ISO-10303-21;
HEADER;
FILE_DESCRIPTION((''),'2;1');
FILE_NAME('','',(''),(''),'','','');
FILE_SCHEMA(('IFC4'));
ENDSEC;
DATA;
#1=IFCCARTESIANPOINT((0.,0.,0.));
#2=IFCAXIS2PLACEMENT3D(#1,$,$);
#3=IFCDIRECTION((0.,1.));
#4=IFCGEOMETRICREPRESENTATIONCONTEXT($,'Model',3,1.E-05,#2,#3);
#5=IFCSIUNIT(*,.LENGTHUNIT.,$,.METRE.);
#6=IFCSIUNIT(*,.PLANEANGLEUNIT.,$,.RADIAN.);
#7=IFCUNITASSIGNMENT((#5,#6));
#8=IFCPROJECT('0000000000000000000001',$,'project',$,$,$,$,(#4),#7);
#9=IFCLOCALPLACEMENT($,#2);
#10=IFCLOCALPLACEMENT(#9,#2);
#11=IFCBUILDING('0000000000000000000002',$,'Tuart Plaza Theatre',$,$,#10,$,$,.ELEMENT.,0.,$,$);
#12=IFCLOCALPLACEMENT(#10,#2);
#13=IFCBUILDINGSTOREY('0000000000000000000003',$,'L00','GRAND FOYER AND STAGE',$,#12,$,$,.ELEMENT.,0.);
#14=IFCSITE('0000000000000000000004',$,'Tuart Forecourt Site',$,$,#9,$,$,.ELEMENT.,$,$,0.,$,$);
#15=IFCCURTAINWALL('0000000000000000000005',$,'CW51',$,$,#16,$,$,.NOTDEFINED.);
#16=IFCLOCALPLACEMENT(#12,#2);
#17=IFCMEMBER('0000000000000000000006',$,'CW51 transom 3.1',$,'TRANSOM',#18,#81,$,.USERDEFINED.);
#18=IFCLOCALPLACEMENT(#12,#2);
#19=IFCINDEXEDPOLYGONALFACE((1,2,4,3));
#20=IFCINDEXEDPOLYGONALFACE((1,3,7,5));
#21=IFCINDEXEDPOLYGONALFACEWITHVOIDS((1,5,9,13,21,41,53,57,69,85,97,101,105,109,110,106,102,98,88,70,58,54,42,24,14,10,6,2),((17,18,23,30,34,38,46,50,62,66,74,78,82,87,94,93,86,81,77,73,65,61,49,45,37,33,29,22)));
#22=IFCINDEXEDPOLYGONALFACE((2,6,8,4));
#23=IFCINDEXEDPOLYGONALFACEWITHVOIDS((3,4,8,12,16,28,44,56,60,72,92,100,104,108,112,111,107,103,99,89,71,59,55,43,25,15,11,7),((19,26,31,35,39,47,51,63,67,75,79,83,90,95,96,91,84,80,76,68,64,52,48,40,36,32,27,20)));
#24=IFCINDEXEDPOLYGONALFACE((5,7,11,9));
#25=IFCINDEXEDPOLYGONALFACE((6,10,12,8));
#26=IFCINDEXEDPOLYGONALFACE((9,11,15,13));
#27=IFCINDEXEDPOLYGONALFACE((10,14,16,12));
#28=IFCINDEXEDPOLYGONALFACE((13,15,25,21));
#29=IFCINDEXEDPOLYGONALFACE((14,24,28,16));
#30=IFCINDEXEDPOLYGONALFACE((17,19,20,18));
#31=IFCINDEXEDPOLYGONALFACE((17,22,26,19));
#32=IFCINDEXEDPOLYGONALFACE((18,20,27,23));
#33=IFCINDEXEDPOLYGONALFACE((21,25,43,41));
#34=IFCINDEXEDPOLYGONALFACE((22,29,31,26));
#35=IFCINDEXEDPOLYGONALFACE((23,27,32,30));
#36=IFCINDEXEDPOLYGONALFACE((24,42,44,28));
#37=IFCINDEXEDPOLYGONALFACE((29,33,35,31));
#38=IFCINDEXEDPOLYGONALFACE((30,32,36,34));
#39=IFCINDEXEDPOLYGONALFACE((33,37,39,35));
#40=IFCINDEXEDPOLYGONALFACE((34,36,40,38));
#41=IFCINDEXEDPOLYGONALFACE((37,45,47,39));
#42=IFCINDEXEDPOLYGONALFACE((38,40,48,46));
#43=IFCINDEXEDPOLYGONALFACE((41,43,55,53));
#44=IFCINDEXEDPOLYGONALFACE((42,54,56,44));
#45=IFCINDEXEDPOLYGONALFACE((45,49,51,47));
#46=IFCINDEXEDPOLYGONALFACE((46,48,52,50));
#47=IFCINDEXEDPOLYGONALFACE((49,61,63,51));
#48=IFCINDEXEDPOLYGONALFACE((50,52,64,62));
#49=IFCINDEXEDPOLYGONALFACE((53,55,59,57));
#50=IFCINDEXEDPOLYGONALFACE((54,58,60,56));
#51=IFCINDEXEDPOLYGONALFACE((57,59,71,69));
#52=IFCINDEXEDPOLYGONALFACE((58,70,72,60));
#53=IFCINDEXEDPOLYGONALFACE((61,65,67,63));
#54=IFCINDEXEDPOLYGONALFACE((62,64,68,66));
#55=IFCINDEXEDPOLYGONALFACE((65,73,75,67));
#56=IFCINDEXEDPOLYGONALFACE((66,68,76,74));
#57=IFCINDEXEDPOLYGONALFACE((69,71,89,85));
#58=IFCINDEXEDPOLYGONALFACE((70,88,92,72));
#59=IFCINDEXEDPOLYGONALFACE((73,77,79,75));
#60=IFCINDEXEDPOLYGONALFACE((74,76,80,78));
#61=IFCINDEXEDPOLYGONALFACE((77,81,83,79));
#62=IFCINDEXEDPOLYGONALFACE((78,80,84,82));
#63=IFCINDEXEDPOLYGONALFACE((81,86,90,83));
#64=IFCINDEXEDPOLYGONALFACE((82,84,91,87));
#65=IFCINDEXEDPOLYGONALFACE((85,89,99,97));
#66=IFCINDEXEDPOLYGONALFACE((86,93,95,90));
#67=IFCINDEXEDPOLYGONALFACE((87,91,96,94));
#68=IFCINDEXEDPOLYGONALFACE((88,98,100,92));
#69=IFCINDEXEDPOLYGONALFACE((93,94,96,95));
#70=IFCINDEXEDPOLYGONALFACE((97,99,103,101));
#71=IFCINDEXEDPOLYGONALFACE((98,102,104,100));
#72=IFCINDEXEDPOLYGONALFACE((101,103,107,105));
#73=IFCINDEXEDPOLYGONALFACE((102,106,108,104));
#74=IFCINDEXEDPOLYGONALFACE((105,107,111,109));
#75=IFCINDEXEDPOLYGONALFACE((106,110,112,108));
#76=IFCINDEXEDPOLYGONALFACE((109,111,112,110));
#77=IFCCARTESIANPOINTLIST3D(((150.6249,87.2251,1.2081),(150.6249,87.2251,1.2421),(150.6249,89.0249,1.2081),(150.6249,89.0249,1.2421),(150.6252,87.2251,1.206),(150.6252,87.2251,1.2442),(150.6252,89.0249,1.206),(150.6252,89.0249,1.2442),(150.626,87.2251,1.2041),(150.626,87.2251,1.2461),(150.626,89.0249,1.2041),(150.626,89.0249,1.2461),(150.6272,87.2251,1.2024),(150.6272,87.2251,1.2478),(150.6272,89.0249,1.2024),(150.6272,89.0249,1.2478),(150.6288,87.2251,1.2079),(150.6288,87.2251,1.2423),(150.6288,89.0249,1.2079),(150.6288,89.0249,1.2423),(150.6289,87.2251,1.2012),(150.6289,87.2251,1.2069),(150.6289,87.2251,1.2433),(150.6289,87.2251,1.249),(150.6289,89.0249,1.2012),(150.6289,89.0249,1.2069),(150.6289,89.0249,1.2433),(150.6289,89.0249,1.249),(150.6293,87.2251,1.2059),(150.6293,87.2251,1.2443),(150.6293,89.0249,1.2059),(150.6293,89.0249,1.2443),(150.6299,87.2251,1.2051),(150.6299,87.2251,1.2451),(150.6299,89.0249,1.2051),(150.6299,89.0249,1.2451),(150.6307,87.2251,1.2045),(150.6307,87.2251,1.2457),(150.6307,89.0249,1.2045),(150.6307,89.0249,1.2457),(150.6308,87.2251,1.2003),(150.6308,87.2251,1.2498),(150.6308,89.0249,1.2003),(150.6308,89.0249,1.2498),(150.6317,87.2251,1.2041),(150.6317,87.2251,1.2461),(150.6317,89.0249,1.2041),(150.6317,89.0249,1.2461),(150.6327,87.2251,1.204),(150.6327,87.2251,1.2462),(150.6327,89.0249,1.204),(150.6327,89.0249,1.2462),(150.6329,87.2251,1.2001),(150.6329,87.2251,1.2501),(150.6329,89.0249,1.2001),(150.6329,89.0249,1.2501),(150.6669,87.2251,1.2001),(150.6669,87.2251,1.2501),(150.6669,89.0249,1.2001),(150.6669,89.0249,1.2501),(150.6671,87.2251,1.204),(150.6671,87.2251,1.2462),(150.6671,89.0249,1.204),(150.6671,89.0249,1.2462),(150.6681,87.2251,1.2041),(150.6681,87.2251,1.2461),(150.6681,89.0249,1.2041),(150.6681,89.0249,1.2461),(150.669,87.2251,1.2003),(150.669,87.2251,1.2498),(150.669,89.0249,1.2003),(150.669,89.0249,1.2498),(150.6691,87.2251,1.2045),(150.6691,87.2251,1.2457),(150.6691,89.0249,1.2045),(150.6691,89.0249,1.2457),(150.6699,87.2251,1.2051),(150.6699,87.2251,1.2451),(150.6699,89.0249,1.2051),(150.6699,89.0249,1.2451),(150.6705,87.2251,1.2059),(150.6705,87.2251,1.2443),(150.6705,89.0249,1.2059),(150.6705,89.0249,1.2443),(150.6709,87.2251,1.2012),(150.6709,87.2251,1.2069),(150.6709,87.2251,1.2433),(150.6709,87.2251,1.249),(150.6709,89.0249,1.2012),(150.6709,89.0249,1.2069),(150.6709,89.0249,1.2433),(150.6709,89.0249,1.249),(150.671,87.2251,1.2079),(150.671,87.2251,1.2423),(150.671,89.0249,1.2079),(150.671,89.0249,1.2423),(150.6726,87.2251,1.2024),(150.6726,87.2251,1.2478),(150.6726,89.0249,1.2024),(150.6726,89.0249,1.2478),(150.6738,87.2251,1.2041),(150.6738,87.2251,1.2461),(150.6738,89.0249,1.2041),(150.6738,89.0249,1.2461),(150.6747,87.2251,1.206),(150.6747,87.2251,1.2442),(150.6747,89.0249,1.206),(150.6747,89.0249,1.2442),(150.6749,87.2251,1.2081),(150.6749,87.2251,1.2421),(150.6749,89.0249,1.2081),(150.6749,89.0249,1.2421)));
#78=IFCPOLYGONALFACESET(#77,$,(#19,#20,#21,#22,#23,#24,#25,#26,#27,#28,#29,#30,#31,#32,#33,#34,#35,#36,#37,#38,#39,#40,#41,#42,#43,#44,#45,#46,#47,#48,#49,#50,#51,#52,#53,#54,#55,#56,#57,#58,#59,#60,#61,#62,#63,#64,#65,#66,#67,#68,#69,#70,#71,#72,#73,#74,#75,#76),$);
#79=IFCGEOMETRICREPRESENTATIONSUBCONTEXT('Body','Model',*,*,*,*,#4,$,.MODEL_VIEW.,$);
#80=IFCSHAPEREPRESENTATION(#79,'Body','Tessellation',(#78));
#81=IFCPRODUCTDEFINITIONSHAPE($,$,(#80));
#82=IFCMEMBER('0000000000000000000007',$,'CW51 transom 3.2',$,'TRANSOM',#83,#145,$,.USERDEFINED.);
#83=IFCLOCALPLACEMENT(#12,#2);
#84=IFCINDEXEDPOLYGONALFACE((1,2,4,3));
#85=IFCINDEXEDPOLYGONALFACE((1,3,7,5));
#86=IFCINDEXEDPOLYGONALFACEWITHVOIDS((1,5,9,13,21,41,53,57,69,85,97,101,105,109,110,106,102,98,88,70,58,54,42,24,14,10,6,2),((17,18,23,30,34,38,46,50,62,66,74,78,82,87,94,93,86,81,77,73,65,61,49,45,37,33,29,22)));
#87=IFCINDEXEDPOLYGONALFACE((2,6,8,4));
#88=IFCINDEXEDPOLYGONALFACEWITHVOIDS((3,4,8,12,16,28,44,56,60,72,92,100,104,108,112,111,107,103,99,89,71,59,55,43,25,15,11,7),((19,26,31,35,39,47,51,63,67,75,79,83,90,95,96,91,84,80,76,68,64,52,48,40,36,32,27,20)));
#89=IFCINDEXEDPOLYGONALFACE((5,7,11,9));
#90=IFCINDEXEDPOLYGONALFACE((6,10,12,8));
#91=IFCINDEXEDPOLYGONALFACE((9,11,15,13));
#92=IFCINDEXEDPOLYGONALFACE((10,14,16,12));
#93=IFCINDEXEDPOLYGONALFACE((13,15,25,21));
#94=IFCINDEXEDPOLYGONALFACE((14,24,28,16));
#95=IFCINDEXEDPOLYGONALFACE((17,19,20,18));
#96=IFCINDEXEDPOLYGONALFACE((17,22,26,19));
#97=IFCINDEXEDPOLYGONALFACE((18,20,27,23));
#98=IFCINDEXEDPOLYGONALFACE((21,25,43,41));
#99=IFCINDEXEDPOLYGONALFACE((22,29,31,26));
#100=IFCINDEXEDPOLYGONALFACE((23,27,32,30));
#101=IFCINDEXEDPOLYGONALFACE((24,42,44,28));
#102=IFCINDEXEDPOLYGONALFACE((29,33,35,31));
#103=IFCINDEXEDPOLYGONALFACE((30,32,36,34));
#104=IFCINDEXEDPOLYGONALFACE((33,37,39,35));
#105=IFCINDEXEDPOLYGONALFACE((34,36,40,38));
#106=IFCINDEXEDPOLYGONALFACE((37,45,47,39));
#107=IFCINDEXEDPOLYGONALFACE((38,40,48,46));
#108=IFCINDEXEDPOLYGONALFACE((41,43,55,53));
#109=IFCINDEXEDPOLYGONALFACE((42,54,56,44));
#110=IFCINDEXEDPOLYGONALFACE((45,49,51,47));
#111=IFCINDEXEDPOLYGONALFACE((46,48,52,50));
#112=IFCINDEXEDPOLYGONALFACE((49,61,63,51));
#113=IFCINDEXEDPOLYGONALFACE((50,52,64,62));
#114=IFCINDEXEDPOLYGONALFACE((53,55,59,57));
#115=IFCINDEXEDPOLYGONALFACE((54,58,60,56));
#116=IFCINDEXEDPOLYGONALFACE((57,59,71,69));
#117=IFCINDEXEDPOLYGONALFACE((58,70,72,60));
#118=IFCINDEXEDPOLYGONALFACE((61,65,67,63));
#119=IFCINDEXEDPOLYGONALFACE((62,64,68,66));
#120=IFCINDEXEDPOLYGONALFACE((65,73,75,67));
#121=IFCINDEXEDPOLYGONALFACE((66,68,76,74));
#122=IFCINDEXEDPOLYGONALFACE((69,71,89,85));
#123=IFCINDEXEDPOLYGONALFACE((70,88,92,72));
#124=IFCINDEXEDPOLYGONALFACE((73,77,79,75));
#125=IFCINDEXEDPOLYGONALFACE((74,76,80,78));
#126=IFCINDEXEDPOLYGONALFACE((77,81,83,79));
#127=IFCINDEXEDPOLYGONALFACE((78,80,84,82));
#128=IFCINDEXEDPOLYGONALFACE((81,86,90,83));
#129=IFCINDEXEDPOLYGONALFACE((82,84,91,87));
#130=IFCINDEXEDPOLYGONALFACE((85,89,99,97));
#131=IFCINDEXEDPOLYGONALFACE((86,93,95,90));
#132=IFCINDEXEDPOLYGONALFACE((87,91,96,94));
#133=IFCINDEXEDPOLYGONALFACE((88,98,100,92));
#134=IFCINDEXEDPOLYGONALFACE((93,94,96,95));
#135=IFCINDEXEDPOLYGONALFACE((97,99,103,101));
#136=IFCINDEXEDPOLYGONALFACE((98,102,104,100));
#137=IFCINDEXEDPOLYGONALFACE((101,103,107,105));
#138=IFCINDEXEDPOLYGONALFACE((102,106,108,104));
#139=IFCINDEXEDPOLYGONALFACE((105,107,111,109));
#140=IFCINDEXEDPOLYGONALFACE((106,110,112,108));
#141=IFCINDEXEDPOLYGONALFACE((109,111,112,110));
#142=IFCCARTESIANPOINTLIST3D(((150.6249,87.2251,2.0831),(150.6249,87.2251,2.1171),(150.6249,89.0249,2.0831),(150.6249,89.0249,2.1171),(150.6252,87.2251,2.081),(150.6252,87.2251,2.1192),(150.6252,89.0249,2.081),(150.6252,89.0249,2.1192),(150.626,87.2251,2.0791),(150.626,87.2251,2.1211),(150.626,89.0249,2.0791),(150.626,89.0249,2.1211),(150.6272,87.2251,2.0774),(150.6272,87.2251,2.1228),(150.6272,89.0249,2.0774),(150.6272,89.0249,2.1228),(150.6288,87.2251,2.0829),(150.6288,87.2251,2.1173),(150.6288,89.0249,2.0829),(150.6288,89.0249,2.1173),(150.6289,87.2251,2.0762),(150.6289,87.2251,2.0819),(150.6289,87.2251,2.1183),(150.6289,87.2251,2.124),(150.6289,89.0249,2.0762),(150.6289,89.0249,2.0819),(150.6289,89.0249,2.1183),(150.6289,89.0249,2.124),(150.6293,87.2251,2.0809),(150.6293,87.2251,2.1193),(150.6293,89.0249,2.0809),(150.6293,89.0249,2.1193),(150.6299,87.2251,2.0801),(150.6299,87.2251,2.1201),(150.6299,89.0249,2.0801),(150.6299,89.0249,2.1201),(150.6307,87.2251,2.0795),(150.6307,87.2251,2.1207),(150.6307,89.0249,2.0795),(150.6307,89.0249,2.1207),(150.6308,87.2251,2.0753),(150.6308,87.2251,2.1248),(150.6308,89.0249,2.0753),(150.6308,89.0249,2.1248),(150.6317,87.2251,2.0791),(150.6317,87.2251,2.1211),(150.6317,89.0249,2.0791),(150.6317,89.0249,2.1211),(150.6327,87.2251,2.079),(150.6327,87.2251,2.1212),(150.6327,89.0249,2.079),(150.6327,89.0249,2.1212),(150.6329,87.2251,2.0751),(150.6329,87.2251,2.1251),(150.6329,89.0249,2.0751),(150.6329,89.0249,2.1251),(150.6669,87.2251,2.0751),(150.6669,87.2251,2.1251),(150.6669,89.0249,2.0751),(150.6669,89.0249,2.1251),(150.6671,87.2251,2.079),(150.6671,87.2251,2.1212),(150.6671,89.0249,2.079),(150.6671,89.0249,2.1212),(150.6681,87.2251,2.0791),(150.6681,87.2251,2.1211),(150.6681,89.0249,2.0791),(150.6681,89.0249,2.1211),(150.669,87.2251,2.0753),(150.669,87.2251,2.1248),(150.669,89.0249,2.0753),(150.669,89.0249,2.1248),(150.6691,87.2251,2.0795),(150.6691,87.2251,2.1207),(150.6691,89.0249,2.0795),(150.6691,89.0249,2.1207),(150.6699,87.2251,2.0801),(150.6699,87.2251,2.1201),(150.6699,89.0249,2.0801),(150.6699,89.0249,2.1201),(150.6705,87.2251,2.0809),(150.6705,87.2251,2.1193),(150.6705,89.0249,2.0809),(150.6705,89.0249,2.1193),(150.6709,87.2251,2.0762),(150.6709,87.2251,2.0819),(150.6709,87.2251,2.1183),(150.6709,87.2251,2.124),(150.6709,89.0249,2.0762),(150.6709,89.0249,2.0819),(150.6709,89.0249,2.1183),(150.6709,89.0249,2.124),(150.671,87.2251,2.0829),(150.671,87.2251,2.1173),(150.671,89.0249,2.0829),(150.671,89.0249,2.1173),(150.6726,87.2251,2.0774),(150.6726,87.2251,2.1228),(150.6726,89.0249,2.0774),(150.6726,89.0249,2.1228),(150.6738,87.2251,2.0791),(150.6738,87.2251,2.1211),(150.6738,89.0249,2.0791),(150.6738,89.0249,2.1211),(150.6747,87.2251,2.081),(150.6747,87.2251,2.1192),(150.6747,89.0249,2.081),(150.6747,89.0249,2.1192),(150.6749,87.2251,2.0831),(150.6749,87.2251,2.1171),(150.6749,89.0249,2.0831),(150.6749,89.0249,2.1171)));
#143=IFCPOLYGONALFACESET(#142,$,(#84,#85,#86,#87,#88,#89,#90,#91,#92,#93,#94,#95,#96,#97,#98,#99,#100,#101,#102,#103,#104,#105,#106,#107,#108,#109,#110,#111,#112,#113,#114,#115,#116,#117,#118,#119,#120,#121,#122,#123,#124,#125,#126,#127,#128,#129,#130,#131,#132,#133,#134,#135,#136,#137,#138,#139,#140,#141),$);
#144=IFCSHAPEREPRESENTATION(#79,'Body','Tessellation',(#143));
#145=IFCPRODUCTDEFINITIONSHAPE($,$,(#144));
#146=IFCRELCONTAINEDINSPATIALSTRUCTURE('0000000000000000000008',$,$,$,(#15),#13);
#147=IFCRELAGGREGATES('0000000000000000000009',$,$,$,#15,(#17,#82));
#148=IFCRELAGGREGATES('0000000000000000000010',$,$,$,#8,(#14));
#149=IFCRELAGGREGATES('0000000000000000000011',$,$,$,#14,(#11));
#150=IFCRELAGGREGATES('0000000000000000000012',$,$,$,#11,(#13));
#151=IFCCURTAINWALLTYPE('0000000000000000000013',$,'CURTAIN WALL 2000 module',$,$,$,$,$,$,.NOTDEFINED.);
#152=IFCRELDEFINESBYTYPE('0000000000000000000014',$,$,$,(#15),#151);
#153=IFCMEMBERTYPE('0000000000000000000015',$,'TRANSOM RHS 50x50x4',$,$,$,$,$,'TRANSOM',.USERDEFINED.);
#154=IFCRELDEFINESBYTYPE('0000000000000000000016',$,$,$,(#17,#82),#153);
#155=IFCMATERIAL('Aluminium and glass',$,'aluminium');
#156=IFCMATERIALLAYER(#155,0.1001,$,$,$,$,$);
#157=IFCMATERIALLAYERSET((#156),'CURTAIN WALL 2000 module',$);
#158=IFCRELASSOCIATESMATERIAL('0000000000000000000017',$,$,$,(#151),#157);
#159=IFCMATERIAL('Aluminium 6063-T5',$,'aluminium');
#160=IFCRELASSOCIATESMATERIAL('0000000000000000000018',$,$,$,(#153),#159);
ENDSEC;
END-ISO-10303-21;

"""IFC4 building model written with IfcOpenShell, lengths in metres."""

from ifc_helpers import new_model, si_unit, direction, frame, origin, origin_2d, place, context, subcontext, project, spatial, hollow_rectangle, extrude, material, layer, layer_set, material_profile, profile_set, type_object, element, aggregate, save


model = new_model("IFC4")

# Units and contexts
model_context = context("Model", 3, precision=1e-05, world=origin(), true_north=direction((0.0, 1.0)))
body_context = subcontext(model_context, "Body", "Model", "MODEL_VIEW")
ifc_project = project(units=[si_unit("LENGTHUNIT", "METRE"), si_unit("PLANEANGLEUNIT", "RADIAN")], contexts=[model_context])

# Site, building, storey
site_placement = place(None, origin())
site = spatial("IfcSite", under=ifc_project, at=site_placement, Name="Tuart Forecourt Site", CompositionType="ELEMENT", RefElevation=0.0)
building_placement = place(site_placement, origin())
building = spatial("IfcBuilding", under=site, at=building_placement, Name="Tuart Plaza Theatre", CompositionType="ELEMENT", ElevationOfRefHeight=0.0)
storey_placement = place(building_placement, origin())
storey = spatial("IfcBuildingStorey", under=building, at=storey_placement, Name="L00", Description="GRAND FOYER AND STAGE", CompositionType="ELEMENT", Elevation=0.0)

# Curtain wall, members
ifc_material_1 = material(Name="Aluminium and glass", Category="aluminium")
ifc_layer_1 = layer(ifc_material_1, 0.1001)
ifc_layer_set_1 = layer_set([ifc_layer_1], Name="CURTAIN WALL 2000 module")
curtain_wall_type = type_object("IfcCurtainWallType", Name="CURTAIN WALL 2000 module", PredefinedType="NOTDEFINED", material=ifc_layer_set_1)
curtain_wall_placement = place(storey_placement, origin())
curtain_wall = element("IfcCurtainWall", 1, at=curtain_wall_placement, inside=storey, type_object=curtain_wall_type, Name="CW51", PredefinedType="NOTDEFINED")
ifc_material_2 = material(Name="Aluminium 6063-T5", Category="aluminium")
ifc_material_profile_1 = material_profile(ifc_material_2, hollow_rectangle(XDim=0.05, YDim=0.05, WallThickness=0.0039, InnerFilletRadius=0.0039, OuterFilletRadius=0.0081, at=origin_2d()), Name="RHS 50x50x4")
ifc_profile_set_1 = profile_set([ifc_material_profile_1], Name="Aluminium 6063-T5")
member_type_1 = type_object("IfcMemberType", Name="TRANSOM RHS 50x50x4", ElementType="TRANSOM", PredefinedType="USERDEFINED", material=ifc_profile_set_1)
member_1_placement = place(storey_placement, frame((150.6499, 87.2251, 1.2251), z_axis=(0.0, 1.0, 0.0), x_axis=(-1.0, 0.0, 0.0)))
member_1 = element("IfcMember", 2, at=member_1_placement, type_object=member_type_1, Name="CW51 transom 3.1", ObjectType="TRANSOM", PredefinedType="USERDEFINED", context=body_context, shape_type="SweptSolid", body=[
    extrude(hollow_rectangle(XDim=0.05, YDim=0.05, WallThickness=0.0039, InnerFilletRadius=0.0039, OuterFilletRadius=0.0081, at=origin_2d()), origin(), (0.0, 0.0, 1.0), 1.7998),
])
member_2_placement = place(storey_placement, frame((150.6499, 87.2251, 2.1001), z_axis=(0.0, 1.0, 0.0), x_axis=(-1.0, 0.0, 0.0)))
member_2 = element("IfcMember", 3, at=member_2_placement, type_object=member_type_1, Name="CW51 transom 3.2", ObjectType="TRANSOM", PredefinedType="USERDEFINED", context=body_context, shape_type="SweptSolid", body=[
    extrude(hollow_rectangle(XDim=0.05, YDim=0.05, WallThickness=0.0039, InnerFilletRadius=0.0039, OuterFilletRadius=0.0081, at=origin_2d()), origin(), (0.0, 0.0, 1.0), 1.7998),
])
aggregate(curtain_wall, [member_1, member_2])

save(model, "model.ifc")
